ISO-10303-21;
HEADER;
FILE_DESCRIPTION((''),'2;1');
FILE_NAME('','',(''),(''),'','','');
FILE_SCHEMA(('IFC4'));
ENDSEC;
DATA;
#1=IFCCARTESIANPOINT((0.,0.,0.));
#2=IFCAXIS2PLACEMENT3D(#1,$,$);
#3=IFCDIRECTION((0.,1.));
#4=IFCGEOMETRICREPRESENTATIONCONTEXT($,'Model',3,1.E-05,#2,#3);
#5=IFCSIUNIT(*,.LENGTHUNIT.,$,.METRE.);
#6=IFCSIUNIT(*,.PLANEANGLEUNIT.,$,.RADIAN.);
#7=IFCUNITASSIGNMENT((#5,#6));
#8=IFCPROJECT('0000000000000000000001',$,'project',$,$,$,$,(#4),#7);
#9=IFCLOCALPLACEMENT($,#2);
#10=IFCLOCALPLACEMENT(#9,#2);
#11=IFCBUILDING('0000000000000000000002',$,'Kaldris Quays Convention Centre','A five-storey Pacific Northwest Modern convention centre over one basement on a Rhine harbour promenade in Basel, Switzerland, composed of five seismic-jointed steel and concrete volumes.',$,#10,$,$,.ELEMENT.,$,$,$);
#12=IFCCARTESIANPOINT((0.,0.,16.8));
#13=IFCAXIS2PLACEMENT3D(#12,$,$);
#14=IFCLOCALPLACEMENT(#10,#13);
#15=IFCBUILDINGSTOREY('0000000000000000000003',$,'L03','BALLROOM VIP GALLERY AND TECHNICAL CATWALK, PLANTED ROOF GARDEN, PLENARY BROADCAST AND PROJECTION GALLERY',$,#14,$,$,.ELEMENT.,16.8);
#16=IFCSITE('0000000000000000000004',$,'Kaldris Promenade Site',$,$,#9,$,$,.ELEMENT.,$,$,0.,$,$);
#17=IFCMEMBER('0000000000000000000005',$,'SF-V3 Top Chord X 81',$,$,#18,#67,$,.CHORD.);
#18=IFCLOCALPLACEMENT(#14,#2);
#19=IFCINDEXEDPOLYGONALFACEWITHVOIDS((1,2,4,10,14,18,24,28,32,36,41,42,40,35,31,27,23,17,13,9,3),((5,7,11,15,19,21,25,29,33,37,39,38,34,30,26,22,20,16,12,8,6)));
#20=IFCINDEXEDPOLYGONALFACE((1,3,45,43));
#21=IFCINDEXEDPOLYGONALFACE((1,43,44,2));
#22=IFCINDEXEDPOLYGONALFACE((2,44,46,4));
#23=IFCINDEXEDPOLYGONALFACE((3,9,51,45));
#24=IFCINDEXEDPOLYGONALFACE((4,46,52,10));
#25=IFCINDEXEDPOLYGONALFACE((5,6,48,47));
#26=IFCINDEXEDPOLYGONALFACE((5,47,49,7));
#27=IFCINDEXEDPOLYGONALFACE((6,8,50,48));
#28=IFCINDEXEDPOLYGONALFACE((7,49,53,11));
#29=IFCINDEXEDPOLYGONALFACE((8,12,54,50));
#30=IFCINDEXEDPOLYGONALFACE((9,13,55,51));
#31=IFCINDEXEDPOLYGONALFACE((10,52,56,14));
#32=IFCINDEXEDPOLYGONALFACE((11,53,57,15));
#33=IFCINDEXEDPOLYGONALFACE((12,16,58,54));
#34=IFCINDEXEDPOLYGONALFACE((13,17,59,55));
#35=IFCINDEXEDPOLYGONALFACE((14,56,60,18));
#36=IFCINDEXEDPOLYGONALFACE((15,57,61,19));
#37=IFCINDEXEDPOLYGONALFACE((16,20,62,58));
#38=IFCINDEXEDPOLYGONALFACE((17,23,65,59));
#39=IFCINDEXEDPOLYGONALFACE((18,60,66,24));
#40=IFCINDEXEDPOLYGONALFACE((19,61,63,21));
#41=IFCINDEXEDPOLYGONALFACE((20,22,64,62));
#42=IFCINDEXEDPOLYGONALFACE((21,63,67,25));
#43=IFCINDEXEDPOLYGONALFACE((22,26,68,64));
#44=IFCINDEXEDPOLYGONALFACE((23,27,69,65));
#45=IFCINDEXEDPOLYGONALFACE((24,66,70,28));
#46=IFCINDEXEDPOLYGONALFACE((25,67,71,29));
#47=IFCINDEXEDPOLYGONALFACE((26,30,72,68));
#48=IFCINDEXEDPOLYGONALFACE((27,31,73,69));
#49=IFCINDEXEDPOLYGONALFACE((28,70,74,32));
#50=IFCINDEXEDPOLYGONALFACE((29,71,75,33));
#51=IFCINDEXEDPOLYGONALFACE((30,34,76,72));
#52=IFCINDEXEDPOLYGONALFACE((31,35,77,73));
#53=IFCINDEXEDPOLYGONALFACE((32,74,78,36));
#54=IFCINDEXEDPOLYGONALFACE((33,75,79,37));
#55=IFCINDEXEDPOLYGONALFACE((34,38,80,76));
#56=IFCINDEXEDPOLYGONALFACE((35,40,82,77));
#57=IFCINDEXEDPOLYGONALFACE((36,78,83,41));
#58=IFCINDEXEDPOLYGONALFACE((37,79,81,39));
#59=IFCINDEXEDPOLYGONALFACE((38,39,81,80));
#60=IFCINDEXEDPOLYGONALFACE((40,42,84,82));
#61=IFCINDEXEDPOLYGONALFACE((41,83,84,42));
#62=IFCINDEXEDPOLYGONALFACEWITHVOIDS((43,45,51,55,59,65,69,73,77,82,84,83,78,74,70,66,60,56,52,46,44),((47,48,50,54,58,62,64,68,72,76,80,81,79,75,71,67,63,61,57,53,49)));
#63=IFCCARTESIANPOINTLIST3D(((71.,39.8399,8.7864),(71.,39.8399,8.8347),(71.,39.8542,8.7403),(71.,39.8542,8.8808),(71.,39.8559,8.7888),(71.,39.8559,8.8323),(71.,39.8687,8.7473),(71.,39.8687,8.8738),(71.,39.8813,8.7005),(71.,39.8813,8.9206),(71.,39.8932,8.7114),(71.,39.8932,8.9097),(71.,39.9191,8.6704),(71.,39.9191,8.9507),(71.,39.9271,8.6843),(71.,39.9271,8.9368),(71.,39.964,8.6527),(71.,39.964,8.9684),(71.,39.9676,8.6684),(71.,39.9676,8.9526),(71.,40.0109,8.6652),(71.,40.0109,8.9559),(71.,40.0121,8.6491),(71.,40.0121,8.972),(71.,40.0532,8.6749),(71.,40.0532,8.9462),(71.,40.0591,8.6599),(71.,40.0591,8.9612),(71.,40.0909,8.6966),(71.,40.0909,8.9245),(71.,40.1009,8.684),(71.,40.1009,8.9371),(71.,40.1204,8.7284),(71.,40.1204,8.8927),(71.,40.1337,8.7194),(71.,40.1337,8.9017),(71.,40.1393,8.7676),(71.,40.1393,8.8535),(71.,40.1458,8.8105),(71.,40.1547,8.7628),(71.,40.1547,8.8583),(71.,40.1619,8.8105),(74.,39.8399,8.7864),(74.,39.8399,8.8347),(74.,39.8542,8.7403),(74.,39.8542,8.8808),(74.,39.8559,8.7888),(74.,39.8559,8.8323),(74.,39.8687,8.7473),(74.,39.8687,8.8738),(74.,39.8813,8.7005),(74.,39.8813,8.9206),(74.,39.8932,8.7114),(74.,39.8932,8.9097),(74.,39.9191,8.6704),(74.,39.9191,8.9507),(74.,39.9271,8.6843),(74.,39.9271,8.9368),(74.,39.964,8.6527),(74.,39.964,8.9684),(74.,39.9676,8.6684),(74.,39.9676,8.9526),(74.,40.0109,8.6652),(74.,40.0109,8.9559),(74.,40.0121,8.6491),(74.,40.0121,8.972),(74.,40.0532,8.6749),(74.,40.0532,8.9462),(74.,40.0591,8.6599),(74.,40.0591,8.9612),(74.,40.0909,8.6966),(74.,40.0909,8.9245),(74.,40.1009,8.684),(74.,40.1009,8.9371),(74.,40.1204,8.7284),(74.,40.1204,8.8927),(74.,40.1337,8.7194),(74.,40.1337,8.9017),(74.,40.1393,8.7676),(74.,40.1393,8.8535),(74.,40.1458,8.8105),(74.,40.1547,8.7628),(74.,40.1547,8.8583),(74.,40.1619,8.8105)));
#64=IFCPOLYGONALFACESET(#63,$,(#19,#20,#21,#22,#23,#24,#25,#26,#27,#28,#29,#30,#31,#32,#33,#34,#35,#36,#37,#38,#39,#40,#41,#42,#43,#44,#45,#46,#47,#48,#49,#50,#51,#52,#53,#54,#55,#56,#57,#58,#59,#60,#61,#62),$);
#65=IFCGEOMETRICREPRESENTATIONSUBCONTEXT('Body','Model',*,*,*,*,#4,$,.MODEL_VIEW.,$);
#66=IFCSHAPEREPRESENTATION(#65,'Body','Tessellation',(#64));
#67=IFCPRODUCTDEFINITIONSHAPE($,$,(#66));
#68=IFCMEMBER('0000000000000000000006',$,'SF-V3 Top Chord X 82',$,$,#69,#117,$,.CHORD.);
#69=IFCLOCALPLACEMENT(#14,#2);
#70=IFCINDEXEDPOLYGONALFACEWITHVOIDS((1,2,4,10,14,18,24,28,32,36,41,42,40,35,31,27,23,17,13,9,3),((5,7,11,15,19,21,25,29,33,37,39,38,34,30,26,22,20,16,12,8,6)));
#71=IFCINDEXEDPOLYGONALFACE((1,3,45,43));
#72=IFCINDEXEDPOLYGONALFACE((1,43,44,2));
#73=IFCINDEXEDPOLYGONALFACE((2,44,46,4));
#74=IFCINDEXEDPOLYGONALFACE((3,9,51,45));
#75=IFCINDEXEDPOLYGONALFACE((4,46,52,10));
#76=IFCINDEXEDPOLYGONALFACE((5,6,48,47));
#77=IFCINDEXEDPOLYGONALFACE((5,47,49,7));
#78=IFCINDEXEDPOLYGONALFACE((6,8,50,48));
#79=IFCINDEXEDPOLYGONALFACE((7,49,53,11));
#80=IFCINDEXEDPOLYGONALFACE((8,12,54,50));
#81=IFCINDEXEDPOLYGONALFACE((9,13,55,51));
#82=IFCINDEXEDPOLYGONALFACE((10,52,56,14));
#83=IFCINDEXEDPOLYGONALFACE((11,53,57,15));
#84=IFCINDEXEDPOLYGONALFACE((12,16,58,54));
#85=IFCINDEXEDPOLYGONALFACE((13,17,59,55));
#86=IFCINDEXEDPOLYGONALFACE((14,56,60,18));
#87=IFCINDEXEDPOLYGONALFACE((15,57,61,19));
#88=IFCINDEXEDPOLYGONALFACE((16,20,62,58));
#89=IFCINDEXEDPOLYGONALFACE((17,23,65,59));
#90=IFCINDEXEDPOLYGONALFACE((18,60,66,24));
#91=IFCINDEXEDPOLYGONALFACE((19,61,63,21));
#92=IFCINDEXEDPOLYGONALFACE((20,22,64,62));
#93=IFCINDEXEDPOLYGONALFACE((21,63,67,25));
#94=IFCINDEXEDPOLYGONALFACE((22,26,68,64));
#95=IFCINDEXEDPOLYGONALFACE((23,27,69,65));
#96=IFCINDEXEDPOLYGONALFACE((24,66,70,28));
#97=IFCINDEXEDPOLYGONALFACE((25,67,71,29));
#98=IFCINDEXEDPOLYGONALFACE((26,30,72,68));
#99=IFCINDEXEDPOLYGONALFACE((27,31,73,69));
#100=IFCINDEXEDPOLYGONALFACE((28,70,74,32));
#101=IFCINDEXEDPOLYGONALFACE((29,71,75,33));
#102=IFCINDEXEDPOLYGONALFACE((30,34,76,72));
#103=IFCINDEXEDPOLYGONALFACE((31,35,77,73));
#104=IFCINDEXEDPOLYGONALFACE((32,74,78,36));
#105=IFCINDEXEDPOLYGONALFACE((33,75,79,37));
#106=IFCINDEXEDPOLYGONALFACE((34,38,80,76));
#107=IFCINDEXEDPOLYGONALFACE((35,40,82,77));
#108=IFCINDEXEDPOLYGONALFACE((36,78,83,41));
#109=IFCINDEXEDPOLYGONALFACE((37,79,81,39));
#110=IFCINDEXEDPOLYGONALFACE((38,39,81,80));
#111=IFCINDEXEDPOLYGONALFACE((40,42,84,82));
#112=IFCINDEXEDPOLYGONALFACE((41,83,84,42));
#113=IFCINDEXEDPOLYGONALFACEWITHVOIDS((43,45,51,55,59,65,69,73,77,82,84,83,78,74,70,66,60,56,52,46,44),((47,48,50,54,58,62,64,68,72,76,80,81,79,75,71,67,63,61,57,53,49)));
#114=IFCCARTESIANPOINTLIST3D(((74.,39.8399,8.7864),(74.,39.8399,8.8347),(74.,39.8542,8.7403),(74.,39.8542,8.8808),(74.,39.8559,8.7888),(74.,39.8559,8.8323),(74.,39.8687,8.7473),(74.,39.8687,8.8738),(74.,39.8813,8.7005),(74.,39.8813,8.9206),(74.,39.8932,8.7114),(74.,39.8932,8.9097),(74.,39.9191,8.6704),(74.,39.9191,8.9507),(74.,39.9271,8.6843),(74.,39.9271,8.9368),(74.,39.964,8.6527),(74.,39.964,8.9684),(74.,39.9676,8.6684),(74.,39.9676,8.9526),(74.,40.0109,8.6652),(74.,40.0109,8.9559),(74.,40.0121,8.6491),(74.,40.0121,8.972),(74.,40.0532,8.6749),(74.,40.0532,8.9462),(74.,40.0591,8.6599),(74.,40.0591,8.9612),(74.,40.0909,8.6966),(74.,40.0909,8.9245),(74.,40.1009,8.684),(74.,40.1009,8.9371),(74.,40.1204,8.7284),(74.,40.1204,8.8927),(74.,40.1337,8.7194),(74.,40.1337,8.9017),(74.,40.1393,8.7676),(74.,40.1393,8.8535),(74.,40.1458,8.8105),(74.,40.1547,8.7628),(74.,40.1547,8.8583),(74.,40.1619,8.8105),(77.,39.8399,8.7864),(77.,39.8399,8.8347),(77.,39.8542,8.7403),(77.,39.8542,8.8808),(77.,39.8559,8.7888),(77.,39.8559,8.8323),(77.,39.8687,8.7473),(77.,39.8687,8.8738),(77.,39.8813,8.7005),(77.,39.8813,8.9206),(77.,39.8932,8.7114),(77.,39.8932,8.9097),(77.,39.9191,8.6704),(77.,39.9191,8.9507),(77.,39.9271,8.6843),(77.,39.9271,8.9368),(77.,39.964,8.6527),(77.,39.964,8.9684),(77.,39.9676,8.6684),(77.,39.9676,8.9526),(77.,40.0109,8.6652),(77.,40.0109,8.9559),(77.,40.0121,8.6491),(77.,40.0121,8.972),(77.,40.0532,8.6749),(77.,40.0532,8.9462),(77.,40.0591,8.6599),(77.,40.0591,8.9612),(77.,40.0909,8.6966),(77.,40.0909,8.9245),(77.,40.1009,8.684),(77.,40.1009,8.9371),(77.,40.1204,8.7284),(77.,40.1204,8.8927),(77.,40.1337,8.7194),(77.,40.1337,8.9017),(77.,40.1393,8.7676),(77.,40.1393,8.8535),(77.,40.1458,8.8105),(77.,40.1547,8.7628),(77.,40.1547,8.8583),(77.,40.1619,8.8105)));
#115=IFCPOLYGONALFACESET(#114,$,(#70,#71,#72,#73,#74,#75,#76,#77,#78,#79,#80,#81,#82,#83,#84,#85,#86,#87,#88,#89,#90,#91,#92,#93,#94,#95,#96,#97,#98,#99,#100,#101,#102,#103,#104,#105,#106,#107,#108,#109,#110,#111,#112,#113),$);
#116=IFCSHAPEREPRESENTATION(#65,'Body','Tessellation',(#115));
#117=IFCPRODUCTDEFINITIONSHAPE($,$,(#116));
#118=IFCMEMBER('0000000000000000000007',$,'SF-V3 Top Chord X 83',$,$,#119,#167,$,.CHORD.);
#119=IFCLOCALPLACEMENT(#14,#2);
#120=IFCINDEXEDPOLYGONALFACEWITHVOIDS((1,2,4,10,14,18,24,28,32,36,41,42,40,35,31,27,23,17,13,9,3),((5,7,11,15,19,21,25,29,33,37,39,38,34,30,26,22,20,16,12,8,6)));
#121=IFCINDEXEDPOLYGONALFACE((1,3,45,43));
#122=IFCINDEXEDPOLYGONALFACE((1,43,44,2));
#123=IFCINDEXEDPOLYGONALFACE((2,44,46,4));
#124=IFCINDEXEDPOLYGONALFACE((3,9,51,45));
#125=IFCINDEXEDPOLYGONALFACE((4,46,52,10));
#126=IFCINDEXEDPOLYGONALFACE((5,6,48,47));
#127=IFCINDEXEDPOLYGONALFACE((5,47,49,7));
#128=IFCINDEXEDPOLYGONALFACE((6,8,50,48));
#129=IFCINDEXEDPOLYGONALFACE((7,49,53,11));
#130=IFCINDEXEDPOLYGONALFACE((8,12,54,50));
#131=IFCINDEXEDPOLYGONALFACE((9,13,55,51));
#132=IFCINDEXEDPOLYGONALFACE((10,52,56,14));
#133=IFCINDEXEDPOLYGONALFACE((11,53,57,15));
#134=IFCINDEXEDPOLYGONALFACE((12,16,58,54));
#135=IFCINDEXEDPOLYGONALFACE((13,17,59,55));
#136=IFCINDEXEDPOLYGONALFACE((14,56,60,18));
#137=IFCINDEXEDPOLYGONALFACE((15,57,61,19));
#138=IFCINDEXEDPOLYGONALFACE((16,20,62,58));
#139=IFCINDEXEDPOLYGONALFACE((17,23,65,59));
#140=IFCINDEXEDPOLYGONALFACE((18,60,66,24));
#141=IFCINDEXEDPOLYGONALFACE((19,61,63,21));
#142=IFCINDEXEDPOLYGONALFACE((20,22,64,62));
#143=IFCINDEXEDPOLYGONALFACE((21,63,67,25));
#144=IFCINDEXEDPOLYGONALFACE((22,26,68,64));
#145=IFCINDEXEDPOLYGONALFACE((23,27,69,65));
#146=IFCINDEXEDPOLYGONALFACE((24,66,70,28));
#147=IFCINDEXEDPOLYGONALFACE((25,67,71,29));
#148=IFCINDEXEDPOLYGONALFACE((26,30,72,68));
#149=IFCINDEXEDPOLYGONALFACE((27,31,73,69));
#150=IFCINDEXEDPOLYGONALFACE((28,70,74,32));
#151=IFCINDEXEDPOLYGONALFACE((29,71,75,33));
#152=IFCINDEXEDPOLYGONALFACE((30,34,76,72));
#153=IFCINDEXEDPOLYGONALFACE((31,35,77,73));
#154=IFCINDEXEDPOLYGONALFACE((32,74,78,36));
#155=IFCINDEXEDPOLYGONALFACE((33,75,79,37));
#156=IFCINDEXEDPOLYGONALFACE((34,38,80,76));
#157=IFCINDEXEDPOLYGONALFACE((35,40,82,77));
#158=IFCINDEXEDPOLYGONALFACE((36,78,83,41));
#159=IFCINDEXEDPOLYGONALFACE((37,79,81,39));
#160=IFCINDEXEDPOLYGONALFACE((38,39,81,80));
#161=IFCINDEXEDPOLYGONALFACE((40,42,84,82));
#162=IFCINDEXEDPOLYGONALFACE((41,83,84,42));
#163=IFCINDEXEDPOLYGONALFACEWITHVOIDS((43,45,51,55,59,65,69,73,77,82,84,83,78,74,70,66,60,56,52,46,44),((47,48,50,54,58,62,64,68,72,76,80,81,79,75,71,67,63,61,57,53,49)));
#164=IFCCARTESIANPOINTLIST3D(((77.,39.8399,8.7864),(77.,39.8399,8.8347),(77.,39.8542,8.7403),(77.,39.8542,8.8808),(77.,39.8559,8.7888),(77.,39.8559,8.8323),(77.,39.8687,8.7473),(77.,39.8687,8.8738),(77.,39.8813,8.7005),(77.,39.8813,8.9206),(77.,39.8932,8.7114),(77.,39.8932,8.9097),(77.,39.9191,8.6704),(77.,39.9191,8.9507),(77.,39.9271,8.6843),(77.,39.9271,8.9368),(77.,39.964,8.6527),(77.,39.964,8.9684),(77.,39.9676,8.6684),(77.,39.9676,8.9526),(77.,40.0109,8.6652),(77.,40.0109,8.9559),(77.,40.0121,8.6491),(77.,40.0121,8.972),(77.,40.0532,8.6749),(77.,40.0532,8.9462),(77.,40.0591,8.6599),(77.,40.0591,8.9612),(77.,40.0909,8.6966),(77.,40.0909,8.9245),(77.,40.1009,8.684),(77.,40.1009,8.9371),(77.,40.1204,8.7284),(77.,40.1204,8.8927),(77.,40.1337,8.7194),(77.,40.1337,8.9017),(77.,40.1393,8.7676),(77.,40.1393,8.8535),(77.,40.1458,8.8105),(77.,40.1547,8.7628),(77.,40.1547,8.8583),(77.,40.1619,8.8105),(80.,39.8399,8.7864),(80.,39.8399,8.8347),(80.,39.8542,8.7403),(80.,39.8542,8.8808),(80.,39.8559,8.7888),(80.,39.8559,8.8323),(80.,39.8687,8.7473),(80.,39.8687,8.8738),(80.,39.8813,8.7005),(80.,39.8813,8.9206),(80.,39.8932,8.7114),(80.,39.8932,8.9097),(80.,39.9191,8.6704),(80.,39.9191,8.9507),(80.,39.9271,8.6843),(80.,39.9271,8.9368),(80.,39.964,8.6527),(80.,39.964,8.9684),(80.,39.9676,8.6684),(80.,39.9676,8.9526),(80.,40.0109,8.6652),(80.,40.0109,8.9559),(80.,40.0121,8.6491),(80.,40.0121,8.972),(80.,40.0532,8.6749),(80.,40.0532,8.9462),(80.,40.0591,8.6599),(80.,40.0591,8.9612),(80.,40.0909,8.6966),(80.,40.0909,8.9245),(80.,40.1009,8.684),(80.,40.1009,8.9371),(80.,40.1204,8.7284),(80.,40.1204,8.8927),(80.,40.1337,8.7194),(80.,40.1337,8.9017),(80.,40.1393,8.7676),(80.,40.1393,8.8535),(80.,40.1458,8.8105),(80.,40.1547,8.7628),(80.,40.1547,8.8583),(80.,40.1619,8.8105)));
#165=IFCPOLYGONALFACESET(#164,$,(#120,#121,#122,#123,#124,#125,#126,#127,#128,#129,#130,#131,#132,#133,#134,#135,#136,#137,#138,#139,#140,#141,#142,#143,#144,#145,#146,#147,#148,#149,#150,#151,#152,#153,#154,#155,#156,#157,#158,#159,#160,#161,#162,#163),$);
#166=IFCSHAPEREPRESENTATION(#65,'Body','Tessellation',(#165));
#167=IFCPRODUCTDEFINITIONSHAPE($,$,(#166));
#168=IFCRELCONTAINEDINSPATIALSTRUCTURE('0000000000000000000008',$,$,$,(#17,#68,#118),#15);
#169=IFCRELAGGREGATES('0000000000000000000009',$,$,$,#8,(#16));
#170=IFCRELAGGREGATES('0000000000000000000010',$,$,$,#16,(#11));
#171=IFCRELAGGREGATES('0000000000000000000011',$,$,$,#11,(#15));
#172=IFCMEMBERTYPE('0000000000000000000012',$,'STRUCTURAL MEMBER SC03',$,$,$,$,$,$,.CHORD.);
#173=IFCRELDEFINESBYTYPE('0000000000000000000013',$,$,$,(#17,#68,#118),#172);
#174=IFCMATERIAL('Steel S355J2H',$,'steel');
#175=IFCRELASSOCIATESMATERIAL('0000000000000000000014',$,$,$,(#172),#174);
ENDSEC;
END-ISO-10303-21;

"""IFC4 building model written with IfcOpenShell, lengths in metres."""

from ifc_helpers import new_model, si_unit, direction, frame, origin, origin_2d, place, context, subcontext, project, spatial, hollow_circle, extrude, material, material_profile, profile_set, type_object, element, save


model = new_model("IFC4")

# Units and contexts
model_context = context("Model", 3, precision=1e-05, world=origin(), true_north=direction((0.0, 1.0)))
body_context = subcontext(model_context, "Body", "Model", "MODEL_VIEW")
ifc_project = project(units=[si_unit("LENGTHUNIT", "METRE"), si_unit("PLANEANGLEUNIT", "RADIAN")], contexts=[model_context])

# Site, building, storey
site_placement = place(None, origin())
site = spatial("IfcSite", under=ifc_project, at=site_placement, Name="Kaldris Promenade Site", CompositionType="ELEMENT", RefElevation=0.0)
building_placement = place(site_placement, origin())
building = spatial("IfcBuilding", under=site, at=building_placement, Name="Kaldris Quays Convention Centre", Description="A five-storey Pacific Northwest Modern convention centre over one basement on a Rhine harbour promenade in Basel, Switzerland, composed of five seismic-jointed steel and concrete volumes.", CompositionType="ELEMENT")
storey_placement = place(building_placement, frame((0.0, 0.0, 16.8)))
storey = spatial("IfcBuildingStorey", under=building, at=storey_placement, Name="L03", Description="BALLROOM VIP GALLERY AND TECHNICAL CATWALK, PLANTED ROOF GARDEN, PLENARY BROADCAST AND PROJECTION GALLERY", CompositionType="ELEMENT", Elevation=16.8)

# Members
ifc_material_1 = material(Name="Steel S355J2H", Category="steel")
ifc_material_profile_1 = material_profile(ifc_material_1, hollow_circle(Radius=0.1619, WallThickness=0.0161, at=origin_2d()), Name="CHS 323.9x16")
ifc_profile_set_1 = profile_set([ifc_material_profile_1], Name="Steel S355J2H")
member_type_1 = type_object("IfcMemberType", Name="STRUCTURAL MEMBER SC03", PredefinedType="CHORD", material=ifc_profile_set_1)
for number, where, z_axis, x_axis, name in (
    (1, (71.0, 40.0, 8.8105), (1.0, 0.0, 0.0), (0.0, 1.0, 0.0), "SF-V3 Top Chord X 81"),
    (2, (74.0, 40.0, 8.8105), (1.0, 0.0, 0.0), (0.0, 1.0, 0.0), "SF-V3 Top Chord X 82"),
    (3, (77.0, 40.0, 8.8105), (1.0, 0.0, 0.0), (0.0, 1.0, 0.0), "SF-V3 Top Chord X 83"),
):
    element("IfcMember", number, at=place(storey_placement, frame(where, z_axis=z_axis, x_axis=x_axis)), inside=storey, type_object=member_type_1, Name=name, PredefinedType="CHORD", context=body_context, shape_type="SweptSolid", body=[
        extrude(hollow_circle(Radius=0.1619, WallThickness=0.0161, at=origin_2d()), origin(), (0.0, 0.0, 1.0), 3.0),
    ])

save(model, "model.ifc")
